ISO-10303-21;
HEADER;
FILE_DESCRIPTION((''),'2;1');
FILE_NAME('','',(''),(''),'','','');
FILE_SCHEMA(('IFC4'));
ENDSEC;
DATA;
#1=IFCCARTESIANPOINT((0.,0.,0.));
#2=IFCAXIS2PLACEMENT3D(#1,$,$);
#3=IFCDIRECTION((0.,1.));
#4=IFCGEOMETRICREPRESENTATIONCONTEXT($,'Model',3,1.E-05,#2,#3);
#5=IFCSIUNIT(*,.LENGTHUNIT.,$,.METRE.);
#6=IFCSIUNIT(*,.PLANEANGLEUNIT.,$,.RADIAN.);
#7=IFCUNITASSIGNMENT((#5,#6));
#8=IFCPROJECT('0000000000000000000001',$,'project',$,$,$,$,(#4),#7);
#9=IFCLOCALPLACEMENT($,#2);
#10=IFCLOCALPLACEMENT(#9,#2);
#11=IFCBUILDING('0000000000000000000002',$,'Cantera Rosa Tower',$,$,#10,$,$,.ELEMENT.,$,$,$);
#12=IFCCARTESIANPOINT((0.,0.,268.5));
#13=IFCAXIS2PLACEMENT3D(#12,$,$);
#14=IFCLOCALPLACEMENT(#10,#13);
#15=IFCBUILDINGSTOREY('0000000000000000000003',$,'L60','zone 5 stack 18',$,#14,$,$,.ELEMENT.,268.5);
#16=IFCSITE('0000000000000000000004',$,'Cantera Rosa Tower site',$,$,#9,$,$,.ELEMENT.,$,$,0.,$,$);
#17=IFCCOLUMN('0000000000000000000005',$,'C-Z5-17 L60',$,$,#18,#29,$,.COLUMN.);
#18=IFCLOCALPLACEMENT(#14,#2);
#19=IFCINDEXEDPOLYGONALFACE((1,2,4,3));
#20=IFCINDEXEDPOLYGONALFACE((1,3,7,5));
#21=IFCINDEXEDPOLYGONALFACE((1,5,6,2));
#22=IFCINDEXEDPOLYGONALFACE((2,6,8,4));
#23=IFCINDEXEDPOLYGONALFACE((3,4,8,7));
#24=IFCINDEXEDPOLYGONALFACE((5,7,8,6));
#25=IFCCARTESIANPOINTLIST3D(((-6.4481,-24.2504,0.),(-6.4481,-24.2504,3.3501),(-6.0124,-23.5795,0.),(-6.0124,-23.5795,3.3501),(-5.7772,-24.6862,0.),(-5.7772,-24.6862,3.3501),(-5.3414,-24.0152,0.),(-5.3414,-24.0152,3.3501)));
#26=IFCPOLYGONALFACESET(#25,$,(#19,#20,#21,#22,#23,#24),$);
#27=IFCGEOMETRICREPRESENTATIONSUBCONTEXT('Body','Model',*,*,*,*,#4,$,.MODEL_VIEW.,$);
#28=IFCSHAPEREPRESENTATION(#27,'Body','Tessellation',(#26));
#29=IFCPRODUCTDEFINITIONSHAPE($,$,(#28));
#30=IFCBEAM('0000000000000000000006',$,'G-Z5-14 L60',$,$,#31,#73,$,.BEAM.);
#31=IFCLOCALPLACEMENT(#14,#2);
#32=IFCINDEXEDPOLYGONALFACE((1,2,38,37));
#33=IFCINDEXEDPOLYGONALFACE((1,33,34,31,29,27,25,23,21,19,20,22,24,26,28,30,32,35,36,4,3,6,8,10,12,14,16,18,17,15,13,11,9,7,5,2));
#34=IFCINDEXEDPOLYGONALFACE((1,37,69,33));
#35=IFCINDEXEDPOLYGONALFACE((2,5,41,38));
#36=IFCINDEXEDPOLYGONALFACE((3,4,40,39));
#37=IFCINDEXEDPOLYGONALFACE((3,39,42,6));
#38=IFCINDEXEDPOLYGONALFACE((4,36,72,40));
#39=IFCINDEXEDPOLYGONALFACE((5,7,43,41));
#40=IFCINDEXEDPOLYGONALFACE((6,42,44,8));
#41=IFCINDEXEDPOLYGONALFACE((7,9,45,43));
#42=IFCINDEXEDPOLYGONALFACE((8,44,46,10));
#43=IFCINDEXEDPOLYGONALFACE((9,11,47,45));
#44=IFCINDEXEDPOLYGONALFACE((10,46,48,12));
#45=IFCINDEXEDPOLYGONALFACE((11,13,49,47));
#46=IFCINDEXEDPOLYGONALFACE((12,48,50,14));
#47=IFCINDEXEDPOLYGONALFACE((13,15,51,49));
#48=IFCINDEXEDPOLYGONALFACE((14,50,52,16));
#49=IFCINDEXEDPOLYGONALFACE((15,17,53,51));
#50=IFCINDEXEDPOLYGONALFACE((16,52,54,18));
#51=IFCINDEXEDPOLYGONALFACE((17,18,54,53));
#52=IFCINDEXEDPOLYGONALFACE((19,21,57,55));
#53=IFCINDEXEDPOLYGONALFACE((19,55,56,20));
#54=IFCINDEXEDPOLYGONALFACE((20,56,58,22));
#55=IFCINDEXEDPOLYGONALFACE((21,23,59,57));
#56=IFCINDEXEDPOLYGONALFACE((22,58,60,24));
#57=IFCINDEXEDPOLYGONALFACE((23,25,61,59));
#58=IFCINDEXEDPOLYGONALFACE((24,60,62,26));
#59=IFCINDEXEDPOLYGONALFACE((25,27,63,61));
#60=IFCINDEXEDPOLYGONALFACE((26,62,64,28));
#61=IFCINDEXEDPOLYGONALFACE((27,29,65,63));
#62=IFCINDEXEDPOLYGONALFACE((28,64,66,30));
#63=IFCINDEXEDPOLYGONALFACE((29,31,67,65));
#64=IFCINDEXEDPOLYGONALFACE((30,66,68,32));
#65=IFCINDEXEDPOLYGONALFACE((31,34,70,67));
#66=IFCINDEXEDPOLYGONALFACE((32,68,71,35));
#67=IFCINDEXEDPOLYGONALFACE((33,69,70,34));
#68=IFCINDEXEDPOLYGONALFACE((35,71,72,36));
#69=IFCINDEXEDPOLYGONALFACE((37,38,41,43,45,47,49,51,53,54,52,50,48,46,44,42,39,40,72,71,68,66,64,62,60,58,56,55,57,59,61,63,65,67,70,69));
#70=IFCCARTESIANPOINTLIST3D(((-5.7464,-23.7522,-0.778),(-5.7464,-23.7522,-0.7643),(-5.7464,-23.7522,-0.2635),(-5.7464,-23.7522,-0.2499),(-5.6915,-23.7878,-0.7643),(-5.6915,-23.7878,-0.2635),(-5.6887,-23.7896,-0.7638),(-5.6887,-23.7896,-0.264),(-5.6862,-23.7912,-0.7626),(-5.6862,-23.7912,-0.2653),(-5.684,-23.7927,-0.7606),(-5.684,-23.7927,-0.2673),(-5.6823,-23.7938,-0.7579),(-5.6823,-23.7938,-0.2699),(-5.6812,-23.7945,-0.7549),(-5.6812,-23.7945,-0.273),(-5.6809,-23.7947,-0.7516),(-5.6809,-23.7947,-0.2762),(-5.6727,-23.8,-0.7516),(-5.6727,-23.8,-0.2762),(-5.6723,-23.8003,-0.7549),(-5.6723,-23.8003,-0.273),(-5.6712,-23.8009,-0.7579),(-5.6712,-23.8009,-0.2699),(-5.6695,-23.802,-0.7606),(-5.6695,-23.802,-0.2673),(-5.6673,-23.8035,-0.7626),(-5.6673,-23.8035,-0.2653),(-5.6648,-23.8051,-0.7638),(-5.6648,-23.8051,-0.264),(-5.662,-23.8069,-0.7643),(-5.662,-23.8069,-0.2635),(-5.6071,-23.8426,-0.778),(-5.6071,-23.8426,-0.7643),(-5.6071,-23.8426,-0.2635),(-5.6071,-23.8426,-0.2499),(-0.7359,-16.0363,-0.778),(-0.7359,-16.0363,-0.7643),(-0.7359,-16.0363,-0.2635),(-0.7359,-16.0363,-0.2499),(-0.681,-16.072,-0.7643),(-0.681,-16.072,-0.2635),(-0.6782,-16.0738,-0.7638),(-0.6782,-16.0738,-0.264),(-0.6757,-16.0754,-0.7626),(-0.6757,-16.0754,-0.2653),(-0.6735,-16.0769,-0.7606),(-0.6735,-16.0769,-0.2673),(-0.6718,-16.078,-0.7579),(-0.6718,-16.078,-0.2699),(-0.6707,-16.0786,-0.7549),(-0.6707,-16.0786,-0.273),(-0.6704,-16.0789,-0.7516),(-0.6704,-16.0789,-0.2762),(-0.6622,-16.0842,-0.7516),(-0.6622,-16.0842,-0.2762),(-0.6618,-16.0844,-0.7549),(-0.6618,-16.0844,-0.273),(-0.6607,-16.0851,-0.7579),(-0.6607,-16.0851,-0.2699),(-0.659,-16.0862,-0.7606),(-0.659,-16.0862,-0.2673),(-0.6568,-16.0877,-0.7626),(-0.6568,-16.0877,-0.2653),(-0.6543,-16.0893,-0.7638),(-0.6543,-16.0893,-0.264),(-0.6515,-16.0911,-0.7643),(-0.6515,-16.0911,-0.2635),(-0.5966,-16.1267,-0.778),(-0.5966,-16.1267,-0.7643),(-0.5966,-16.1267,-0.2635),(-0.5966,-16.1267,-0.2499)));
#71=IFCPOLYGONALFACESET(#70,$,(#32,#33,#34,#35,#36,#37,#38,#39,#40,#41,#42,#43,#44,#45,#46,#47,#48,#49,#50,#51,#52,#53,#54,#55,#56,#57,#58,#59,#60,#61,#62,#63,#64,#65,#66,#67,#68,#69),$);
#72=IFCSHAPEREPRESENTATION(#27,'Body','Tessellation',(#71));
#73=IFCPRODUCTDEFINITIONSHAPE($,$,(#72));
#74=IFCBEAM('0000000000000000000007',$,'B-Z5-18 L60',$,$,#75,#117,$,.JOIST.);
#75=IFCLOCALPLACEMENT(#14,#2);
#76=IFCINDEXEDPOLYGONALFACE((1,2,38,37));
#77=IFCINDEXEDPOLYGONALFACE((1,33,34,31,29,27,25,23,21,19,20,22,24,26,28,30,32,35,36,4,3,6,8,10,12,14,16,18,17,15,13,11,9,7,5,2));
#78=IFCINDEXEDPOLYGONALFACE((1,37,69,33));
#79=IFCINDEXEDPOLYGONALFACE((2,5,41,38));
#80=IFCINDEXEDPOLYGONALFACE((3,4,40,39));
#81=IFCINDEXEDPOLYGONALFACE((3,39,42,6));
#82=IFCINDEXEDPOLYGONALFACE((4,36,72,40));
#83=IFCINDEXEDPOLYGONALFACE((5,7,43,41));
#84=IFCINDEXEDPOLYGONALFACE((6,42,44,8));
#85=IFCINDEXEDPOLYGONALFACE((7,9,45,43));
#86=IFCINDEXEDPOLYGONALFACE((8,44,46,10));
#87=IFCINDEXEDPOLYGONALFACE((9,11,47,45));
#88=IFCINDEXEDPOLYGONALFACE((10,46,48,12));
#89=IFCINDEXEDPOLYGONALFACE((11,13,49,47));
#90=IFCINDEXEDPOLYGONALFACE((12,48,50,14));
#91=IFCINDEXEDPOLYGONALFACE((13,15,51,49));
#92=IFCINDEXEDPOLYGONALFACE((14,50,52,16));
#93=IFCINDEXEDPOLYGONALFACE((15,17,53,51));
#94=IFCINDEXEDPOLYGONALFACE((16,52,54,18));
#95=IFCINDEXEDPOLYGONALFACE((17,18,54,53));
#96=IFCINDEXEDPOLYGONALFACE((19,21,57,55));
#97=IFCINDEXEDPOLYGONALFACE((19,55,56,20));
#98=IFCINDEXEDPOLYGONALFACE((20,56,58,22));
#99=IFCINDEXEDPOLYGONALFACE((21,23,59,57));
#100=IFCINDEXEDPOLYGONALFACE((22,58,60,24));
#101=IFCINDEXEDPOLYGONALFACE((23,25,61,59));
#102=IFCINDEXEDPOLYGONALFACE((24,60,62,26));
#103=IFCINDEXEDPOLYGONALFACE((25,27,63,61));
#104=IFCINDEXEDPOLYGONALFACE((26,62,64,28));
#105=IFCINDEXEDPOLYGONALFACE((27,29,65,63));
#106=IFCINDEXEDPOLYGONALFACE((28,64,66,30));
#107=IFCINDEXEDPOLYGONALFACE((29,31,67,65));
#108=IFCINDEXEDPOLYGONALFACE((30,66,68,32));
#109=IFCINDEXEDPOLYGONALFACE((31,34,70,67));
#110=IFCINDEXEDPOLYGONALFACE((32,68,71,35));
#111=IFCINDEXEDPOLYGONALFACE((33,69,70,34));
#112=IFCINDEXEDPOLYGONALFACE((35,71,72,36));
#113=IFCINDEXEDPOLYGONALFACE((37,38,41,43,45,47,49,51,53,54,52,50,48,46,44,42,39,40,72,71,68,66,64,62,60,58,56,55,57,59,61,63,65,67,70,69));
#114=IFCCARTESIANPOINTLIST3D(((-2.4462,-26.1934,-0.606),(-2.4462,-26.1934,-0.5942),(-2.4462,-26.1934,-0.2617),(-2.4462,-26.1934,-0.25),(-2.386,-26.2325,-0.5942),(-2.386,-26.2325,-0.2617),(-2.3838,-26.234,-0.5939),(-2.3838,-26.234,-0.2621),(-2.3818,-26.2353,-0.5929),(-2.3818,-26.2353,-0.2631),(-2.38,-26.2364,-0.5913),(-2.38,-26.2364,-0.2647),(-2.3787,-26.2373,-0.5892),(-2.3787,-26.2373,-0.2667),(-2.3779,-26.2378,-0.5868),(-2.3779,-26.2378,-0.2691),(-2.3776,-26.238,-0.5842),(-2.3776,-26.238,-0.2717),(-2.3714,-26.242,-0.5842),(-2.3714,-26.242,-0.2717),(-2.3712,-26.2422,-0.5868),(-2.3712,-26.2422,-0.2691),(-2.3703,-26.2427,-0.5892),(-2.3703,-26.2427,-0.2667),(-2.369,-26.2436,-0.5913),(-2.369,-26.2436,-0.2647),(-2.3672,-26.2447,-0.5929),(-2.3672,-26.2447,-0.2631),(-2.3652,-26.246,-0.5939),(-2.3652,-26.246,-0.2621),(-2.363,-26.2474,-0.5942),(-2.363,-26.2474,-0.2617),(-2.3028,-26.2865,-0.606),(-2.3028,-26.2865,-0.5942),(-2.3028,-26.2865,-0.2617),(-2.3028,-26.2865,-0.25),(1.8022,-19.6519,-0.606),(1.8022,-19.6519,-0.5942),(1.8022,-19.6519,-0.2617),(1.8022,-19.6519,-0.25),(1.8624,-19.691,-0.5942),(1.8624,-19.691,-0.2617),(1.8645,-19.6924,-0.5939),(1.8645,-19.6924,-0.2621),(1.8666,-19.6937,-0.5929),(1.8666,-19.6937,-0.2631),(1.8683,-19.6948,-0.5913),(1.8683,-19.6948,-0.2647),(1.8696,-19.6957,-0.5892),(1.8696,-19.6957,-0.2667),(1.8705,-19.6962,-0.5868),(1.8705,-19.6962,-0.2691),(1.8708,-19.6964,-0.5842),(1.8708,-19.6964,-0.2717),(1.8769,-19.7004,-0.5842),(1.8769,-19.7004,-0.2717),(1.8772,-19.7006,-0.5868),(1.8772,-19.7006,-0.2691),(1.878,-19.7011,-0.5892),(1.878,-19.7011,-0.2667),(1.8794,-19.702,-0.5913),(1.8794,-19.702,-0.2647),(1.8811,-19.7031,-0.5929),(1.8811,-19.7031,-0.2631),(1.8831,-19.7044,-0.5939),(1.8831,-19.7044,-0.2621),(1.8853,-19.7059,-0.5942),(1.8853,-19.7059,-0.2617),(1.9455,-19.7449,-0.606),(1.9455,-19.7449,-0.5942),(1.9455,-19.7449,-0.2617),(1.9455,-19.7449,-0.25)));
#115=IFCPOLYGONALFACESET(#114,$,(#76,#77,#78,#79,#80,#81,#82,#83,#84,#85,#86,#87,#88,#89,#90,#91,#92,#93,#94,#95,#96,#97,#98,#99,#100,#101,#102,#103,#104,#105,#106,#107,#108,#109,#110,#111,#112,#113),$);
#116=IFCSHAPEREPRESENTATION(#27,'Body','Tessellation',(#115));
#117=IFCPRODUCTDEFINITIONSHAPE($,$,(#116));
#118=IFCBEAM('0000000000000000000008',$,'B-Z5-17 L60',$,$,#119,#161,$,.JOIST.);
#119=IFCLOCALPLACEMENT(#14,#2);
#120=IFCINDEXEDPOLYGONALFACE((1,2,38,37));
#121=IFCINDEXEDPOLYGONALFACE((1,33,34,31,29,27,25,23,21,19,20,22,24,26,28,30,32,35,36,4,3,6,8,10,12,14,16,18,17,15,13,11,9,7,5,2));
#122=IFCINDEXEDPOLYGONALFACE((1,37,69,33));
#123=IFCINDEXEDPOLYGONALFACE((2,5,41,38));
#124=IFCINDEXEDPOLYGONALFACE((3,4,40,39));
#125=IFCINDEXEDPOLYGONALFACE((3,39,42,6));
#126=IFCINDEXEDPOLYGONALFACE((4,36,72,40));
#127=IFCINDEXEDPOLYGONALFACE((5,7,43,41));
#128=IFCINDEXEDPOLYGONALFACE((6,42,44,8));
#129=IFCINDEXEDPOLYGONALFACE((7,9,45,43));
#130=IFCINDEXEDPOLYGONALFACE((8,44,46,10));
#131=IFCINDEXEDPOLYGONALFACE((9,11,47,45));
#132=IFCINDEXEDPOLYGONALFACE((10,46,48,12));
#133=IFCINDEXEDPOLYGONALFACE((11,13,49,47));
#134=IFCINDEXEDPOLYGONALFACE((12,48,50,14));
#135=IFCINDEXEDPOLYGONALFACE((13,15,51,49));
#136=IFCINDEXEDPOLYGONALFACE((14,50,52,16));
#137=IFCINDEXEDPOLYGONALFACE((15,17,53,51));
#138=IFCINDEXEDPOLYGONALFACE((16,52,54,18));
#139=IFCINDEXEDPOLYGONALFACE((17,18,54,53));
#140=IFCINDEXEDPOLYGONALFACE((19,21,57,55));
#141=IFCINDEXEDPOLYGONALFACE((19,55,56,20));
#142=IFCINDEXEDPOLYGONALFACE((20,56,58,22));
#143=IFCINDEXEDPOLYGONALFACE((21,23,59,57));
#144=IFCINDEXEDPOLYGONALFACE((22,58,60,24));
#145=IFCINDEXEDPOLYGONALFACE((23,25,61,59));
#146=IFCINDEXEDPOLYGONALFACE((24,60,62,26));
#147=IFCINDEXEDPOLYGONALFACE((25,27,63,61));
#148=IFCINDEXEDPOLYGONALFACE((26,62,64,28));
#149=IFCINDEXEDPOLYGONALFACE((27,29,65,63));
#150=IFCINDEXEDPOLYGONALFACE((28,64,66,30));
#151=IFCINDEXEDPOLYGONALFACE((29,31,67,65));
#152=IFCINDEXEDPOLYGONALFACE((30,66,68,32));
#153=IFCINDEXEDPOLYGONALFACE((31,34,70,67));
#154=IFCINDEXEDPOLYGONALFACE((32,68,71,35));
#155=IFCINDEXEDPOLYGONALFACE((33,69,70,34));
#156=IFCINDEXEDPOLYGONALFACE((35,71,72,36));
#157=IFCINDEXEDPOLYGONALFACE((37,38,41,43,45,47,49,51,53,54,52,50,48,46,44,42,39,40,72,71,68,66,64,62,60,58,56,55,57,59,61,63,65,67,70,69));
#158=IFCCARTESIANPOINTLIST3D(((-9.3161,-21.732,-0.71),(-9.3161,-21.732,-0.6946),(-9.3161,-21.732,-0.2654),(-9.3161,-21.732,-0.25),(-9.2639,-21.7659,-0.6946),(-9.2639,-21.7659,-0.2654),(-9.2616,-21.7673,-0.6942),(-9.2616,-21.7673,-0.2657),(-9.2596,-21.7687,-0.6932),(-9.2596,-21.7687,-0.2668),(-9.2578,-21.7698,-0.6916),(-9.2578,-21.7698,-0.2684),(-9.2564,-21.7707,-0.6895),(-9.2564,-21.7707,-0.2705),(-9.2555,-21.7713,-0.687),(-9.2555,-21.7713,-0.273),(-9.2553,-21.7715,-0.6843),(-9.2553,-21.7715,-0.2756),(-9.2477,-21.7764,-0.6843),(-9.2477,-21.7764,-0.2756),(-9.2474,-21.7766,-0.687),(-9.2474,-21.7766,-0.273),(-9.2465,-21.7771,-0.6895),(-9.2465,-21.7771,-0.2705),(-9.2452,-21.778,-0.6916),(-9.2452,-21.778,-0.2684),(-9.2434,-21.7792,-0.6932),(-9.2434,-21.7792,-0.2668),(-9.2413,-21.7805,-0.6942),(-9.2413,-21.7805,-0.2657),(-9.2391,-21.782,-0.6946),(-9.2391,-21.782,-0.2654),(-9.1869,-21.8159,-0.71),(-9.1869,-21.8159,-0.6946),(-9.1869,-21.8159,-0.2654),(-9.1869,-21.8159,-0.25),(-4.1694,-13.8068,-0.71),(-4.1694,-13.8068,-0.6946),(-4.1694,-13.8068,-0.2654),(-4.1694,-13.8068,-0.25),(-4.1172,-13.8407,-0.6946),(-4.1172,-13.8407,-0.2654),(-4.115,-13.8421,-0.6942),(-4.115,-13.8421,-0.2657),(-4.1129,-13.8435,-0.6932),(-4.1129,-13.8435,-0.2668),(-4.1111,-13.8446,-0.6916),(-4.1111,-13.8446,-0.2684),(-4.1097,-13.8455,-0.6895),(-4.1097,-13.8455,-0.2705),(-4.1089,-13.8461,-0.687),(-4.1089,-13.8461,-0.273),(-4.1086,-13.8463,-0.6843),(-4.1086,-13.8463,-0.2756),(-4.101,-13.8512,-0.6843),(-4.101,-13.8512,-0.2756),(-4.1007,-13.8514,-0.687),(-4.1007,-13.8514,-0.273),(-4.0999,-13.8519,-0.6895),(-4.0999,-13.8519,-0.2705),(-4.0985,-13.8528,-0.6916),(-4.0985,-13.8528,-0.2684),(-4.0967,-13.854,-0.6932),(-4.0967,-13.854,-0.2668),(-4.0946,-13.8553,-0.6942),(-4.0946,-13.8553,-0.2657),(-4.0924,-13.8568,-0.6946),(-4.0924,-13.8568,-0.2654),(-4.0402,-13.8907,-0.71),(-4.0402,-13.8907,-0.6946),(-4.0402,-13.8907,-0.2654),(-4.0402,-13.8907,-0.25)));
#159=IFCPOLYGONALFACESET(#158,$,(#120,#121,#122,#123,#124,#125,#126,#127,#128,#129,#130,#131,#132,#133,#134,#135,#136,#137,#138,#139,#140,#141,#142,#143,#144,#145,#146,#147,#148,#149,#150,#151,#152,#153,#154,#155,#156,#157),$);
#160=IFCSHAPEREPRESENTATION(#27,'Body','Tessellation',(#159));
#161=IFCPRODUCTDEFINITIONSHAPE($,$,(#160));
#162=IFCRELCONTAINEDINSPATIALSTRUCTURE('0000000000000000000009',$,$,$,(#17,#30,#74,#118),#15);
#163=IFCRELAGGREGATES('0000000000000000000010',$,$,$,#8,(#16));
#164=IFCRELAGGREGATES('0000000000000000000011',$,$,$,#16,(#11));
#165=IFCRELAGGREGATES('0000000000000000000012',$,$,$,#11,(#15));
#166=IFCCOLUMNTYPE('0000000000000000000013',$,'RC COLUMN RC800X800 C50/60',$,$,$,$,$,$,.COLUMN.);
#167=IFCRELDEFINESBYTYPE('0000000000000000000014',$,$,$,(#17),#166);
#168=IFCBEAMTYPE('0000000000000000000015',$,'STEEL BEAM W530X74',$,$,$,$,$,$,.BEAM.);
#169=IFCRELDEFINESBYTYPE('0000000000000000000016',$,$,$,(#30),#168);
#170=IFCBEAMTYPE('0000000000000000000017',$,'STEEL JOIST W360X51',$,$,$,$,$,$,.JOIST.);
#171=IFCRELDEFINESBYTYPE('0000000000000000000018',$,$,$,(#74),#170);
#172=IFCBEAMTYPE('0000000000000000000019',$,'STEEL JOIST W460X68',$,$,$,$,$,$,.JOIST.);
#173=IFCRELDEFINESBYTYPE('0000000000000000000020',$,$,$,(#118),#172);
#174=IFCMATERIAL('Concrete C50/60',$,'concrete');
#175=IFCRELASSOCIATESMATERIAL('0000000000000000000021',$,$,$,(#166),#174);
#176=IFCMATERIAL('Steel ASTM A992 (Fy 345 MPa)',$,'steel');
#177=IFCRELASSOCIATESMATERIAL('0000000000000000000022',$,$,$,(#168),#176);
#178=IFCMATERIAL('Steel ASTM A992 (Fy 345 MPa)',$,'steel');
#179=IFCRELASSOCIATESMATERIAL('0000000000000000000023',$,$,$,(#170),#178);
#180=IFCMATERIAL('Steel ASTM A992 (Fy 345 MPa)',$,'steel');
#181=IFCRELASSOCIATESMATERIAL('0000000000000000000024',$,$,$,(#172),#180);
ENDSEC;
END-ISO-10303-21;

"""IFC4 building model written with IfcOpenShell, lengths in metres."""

from ifc_helpers import new_model, si_unit, direction, frame, origin, origin_2d, place, context, subcontext, project, spatial, rectangle, i_section, extrude, material, material_profile, profile_set, type_object, element, save


model = new_model("IFC4")

# Units and contexts
model_context = context("Model", 3, precision=1e-05, world=origin(), true_north=direction((0.0, 1.0)))
body_context = subcontext(model_context, "Body", "Model", "MODEL_VIEW")
ifc_project = project(units=[si_unit("LENGTHUNIT", "METRE"), si_unit("PLANEANGLEUNIT", "RADIAN")], contexts=[model_context])

# Site, building, storey
site_placement = place(None, origin())
site = spatial("IfcSite", under=ifc_project, at=site_placement, Name="Cantera Rosa Tower site", CompositionType="ELEMENT", RefElevation=0.0)
building_placement = place(site_placement, origin())
building = spatial("IfcBuilding", under=site, at=building_placement, Name="Cantera Rosa Tower", CompositionType="ELEMENT")
storey_placement = place(building_placement, frame((0.0, 0.0, 268.5)))
storey = spatial("IfcBuildingStorey", under=building, at=storey_placement, Name="L60", Description="zone 5 stack 18", CompositionType="ELEMENT", Elevation=268.5)

# Column
ifc_material_1 = material(Name="Concrete C50/60", Category="concrete")
ifc_material_profile_1 = material_profile(ifc_material_1, rectangle(XDim=0.8, YDim=0.8, at=origin_2d()), Name="RC COLUMN RC800X800 C50/60")
ifc_profile_set_1 = profile_set([ifc_material_profile_1], Name="Concrete C50/60")
column_type = type_object("IfcColumnType", Name="RC COLUMN RC800X800 C50/60", PredefinedType="COLUMN", material=ifc_profile_set_1)
column_placement = place(storey_placement, frame((-5.8948, -24.1328, 0.0), z_axis=(0.0, 0.0, 1.0), x_axis=(0.544639, 0.838671, 0.0)))
element("IfcColumn", 1, at=column_placement, inside=storey, type_object=column_type, Name="C-Z5-17 L60", PredefinedType="COLUMN", context=body_context, shape_type="SweptSolid", body=[
    extrude(rectangle(XDim=0.8, YDim=0.8, at=origin_2d()), origin(), (0.0, 0.0, 1.0), 3.3501),
])

# Beams
ifc_material_2 = material(Name="Steel ASTM A992 (Fy 345 MPa)", Category="steel")
ifc_material_profile_2 = material_profile(ifc_material_2, i_section(OverallWidth=0.166, OverallDepth=0.5281, WebThickness=0.0098, FlangeThickness=0.0137, FilletRadius=0.0127, at=origin_2d()), Name="W530X74")
ifc_profile_set_2 = profile_set([ifc_material_profile_2], Name="Steel ASTM A992 (Fy 345 MPa)")
beam_type_1 = type_object("IfcBeamType", Name="STEEL BEAM W530X74", PredefinedType="BEAM", material=ifc_profile_set_2)
beam_1_placement = place(storey_placement, frame((-5.6768, -23.7974, -0.5139), z_axis=(0.544623, 0.838681, 0.0), x_axis=(-0.838681, 0.544623, 0.0)))
element("IfcBeam", 2, at=beam_1_placement, inside=storey, type_object=beam_type_1, Name="G-Z5-14 L60", PredefinedType="BEAM", context=body_context, shape_type="SweptSolid", body=[
    extrude(i_section(OverallWidth=0.166, OverallDepth=0.5281, WebThickness=0.0098, FlangeThickness=0.0137, FilletRadius=0.0127, at=origin_2d()), origin(), (0.0, 0.0, 1.0), 9.2),
])
ifc_material_3 = material(Name="Steel ASTM A992 (Fy 345 MPa)", Category="steel")
ifc_material_profile_3 = material_profile(ifc_material_3, i_section(OverallWidth=0.1709, OverallDepth=0.356, WebThickness=0.0073, FlangeThickness=0.0117, FilletRadius=0.01, at=origin_2d()), Name="W360X51")
ifc_profile_set_3 = profile_set([ifc_material_profile_3], Name="Steel ASTM A992 (Fy 345 MPa)")
beam_type_2 = type_object("IfcBeamType", Name="STEEL JOIST W360X51", PredefinedType="JOIST", material=ifc_profile_set_3)
beam_2_placement = place(storey_placement, frame((-2.3745, -26.24, -0.428), z_axis=(0.544656, 0.83866, 0.0), x_axis=(-0.83866, 0.544656, 0.0)))
element("IfcBeam", 3, at=beam_2_placement, inside=storey, type_object=beam_type_2, Name="B-Z5-18 L60", PredefinedType="JOIST", context=body_context, shape_type="SweptSolid", body=[
    extrude(i_section(OverallWidth=0.1709, OverallDepth=0.356, WebThickness=0.0073, FlangeThickness=0.0117, FilletRadius=0.01, at=origin_2d()), origin(), (0.0, 0.0, 1.0), 7.8),
])
ifc_material_4 = material(Name="Steel ASTM A992 (Fy 345 MPa)", Category="steel")
ifc_material_profile_4 = material_profile(ifc_material_4, i_section(OverallWidth=0.1541, OverallDepth=0.46, WebThickness=0.009, FlangeThickness=0.0154, FilletRadius=0.0103, at=origin_2d()), Name="W460X68")
ifc_profile_set_4 = profile_set([ifc_material_profile_4], Name="Steel ASTM A992 (Fy 345 MPa)")
beam_type_3 = type_object("IfcBeamType", Name="STEEL JOIST W460X68", PredefinedType="JOIST", material=ifc_profile_set_4)
beam_3_placement = place(storey_placement, frame((-9.2515, -21.7739, -0.48), z_axis=(0.544638, 0.838671, 0.0), x_axis=(-0.838671, 0.544638, 0.0)))
element("IfcBeam", 4, at=beam_3_placement, inside=storey, type_object=beam_type_3, Name="B-Z5-17 L60", PredefinedType="JOIST", context=body_context, shape_type="SweptSolid", body=[
    extrude(i_section(OverallWidth=0.1541, OverallDepth=0.46, WebThickness=0.009, FlangeThickness=0.0154, FilletRadius=0.0103, at=origin_2d()), origin(), (0.0, 0.0, 1.0), 9.4497),
])

save(model, "model.ifc")
